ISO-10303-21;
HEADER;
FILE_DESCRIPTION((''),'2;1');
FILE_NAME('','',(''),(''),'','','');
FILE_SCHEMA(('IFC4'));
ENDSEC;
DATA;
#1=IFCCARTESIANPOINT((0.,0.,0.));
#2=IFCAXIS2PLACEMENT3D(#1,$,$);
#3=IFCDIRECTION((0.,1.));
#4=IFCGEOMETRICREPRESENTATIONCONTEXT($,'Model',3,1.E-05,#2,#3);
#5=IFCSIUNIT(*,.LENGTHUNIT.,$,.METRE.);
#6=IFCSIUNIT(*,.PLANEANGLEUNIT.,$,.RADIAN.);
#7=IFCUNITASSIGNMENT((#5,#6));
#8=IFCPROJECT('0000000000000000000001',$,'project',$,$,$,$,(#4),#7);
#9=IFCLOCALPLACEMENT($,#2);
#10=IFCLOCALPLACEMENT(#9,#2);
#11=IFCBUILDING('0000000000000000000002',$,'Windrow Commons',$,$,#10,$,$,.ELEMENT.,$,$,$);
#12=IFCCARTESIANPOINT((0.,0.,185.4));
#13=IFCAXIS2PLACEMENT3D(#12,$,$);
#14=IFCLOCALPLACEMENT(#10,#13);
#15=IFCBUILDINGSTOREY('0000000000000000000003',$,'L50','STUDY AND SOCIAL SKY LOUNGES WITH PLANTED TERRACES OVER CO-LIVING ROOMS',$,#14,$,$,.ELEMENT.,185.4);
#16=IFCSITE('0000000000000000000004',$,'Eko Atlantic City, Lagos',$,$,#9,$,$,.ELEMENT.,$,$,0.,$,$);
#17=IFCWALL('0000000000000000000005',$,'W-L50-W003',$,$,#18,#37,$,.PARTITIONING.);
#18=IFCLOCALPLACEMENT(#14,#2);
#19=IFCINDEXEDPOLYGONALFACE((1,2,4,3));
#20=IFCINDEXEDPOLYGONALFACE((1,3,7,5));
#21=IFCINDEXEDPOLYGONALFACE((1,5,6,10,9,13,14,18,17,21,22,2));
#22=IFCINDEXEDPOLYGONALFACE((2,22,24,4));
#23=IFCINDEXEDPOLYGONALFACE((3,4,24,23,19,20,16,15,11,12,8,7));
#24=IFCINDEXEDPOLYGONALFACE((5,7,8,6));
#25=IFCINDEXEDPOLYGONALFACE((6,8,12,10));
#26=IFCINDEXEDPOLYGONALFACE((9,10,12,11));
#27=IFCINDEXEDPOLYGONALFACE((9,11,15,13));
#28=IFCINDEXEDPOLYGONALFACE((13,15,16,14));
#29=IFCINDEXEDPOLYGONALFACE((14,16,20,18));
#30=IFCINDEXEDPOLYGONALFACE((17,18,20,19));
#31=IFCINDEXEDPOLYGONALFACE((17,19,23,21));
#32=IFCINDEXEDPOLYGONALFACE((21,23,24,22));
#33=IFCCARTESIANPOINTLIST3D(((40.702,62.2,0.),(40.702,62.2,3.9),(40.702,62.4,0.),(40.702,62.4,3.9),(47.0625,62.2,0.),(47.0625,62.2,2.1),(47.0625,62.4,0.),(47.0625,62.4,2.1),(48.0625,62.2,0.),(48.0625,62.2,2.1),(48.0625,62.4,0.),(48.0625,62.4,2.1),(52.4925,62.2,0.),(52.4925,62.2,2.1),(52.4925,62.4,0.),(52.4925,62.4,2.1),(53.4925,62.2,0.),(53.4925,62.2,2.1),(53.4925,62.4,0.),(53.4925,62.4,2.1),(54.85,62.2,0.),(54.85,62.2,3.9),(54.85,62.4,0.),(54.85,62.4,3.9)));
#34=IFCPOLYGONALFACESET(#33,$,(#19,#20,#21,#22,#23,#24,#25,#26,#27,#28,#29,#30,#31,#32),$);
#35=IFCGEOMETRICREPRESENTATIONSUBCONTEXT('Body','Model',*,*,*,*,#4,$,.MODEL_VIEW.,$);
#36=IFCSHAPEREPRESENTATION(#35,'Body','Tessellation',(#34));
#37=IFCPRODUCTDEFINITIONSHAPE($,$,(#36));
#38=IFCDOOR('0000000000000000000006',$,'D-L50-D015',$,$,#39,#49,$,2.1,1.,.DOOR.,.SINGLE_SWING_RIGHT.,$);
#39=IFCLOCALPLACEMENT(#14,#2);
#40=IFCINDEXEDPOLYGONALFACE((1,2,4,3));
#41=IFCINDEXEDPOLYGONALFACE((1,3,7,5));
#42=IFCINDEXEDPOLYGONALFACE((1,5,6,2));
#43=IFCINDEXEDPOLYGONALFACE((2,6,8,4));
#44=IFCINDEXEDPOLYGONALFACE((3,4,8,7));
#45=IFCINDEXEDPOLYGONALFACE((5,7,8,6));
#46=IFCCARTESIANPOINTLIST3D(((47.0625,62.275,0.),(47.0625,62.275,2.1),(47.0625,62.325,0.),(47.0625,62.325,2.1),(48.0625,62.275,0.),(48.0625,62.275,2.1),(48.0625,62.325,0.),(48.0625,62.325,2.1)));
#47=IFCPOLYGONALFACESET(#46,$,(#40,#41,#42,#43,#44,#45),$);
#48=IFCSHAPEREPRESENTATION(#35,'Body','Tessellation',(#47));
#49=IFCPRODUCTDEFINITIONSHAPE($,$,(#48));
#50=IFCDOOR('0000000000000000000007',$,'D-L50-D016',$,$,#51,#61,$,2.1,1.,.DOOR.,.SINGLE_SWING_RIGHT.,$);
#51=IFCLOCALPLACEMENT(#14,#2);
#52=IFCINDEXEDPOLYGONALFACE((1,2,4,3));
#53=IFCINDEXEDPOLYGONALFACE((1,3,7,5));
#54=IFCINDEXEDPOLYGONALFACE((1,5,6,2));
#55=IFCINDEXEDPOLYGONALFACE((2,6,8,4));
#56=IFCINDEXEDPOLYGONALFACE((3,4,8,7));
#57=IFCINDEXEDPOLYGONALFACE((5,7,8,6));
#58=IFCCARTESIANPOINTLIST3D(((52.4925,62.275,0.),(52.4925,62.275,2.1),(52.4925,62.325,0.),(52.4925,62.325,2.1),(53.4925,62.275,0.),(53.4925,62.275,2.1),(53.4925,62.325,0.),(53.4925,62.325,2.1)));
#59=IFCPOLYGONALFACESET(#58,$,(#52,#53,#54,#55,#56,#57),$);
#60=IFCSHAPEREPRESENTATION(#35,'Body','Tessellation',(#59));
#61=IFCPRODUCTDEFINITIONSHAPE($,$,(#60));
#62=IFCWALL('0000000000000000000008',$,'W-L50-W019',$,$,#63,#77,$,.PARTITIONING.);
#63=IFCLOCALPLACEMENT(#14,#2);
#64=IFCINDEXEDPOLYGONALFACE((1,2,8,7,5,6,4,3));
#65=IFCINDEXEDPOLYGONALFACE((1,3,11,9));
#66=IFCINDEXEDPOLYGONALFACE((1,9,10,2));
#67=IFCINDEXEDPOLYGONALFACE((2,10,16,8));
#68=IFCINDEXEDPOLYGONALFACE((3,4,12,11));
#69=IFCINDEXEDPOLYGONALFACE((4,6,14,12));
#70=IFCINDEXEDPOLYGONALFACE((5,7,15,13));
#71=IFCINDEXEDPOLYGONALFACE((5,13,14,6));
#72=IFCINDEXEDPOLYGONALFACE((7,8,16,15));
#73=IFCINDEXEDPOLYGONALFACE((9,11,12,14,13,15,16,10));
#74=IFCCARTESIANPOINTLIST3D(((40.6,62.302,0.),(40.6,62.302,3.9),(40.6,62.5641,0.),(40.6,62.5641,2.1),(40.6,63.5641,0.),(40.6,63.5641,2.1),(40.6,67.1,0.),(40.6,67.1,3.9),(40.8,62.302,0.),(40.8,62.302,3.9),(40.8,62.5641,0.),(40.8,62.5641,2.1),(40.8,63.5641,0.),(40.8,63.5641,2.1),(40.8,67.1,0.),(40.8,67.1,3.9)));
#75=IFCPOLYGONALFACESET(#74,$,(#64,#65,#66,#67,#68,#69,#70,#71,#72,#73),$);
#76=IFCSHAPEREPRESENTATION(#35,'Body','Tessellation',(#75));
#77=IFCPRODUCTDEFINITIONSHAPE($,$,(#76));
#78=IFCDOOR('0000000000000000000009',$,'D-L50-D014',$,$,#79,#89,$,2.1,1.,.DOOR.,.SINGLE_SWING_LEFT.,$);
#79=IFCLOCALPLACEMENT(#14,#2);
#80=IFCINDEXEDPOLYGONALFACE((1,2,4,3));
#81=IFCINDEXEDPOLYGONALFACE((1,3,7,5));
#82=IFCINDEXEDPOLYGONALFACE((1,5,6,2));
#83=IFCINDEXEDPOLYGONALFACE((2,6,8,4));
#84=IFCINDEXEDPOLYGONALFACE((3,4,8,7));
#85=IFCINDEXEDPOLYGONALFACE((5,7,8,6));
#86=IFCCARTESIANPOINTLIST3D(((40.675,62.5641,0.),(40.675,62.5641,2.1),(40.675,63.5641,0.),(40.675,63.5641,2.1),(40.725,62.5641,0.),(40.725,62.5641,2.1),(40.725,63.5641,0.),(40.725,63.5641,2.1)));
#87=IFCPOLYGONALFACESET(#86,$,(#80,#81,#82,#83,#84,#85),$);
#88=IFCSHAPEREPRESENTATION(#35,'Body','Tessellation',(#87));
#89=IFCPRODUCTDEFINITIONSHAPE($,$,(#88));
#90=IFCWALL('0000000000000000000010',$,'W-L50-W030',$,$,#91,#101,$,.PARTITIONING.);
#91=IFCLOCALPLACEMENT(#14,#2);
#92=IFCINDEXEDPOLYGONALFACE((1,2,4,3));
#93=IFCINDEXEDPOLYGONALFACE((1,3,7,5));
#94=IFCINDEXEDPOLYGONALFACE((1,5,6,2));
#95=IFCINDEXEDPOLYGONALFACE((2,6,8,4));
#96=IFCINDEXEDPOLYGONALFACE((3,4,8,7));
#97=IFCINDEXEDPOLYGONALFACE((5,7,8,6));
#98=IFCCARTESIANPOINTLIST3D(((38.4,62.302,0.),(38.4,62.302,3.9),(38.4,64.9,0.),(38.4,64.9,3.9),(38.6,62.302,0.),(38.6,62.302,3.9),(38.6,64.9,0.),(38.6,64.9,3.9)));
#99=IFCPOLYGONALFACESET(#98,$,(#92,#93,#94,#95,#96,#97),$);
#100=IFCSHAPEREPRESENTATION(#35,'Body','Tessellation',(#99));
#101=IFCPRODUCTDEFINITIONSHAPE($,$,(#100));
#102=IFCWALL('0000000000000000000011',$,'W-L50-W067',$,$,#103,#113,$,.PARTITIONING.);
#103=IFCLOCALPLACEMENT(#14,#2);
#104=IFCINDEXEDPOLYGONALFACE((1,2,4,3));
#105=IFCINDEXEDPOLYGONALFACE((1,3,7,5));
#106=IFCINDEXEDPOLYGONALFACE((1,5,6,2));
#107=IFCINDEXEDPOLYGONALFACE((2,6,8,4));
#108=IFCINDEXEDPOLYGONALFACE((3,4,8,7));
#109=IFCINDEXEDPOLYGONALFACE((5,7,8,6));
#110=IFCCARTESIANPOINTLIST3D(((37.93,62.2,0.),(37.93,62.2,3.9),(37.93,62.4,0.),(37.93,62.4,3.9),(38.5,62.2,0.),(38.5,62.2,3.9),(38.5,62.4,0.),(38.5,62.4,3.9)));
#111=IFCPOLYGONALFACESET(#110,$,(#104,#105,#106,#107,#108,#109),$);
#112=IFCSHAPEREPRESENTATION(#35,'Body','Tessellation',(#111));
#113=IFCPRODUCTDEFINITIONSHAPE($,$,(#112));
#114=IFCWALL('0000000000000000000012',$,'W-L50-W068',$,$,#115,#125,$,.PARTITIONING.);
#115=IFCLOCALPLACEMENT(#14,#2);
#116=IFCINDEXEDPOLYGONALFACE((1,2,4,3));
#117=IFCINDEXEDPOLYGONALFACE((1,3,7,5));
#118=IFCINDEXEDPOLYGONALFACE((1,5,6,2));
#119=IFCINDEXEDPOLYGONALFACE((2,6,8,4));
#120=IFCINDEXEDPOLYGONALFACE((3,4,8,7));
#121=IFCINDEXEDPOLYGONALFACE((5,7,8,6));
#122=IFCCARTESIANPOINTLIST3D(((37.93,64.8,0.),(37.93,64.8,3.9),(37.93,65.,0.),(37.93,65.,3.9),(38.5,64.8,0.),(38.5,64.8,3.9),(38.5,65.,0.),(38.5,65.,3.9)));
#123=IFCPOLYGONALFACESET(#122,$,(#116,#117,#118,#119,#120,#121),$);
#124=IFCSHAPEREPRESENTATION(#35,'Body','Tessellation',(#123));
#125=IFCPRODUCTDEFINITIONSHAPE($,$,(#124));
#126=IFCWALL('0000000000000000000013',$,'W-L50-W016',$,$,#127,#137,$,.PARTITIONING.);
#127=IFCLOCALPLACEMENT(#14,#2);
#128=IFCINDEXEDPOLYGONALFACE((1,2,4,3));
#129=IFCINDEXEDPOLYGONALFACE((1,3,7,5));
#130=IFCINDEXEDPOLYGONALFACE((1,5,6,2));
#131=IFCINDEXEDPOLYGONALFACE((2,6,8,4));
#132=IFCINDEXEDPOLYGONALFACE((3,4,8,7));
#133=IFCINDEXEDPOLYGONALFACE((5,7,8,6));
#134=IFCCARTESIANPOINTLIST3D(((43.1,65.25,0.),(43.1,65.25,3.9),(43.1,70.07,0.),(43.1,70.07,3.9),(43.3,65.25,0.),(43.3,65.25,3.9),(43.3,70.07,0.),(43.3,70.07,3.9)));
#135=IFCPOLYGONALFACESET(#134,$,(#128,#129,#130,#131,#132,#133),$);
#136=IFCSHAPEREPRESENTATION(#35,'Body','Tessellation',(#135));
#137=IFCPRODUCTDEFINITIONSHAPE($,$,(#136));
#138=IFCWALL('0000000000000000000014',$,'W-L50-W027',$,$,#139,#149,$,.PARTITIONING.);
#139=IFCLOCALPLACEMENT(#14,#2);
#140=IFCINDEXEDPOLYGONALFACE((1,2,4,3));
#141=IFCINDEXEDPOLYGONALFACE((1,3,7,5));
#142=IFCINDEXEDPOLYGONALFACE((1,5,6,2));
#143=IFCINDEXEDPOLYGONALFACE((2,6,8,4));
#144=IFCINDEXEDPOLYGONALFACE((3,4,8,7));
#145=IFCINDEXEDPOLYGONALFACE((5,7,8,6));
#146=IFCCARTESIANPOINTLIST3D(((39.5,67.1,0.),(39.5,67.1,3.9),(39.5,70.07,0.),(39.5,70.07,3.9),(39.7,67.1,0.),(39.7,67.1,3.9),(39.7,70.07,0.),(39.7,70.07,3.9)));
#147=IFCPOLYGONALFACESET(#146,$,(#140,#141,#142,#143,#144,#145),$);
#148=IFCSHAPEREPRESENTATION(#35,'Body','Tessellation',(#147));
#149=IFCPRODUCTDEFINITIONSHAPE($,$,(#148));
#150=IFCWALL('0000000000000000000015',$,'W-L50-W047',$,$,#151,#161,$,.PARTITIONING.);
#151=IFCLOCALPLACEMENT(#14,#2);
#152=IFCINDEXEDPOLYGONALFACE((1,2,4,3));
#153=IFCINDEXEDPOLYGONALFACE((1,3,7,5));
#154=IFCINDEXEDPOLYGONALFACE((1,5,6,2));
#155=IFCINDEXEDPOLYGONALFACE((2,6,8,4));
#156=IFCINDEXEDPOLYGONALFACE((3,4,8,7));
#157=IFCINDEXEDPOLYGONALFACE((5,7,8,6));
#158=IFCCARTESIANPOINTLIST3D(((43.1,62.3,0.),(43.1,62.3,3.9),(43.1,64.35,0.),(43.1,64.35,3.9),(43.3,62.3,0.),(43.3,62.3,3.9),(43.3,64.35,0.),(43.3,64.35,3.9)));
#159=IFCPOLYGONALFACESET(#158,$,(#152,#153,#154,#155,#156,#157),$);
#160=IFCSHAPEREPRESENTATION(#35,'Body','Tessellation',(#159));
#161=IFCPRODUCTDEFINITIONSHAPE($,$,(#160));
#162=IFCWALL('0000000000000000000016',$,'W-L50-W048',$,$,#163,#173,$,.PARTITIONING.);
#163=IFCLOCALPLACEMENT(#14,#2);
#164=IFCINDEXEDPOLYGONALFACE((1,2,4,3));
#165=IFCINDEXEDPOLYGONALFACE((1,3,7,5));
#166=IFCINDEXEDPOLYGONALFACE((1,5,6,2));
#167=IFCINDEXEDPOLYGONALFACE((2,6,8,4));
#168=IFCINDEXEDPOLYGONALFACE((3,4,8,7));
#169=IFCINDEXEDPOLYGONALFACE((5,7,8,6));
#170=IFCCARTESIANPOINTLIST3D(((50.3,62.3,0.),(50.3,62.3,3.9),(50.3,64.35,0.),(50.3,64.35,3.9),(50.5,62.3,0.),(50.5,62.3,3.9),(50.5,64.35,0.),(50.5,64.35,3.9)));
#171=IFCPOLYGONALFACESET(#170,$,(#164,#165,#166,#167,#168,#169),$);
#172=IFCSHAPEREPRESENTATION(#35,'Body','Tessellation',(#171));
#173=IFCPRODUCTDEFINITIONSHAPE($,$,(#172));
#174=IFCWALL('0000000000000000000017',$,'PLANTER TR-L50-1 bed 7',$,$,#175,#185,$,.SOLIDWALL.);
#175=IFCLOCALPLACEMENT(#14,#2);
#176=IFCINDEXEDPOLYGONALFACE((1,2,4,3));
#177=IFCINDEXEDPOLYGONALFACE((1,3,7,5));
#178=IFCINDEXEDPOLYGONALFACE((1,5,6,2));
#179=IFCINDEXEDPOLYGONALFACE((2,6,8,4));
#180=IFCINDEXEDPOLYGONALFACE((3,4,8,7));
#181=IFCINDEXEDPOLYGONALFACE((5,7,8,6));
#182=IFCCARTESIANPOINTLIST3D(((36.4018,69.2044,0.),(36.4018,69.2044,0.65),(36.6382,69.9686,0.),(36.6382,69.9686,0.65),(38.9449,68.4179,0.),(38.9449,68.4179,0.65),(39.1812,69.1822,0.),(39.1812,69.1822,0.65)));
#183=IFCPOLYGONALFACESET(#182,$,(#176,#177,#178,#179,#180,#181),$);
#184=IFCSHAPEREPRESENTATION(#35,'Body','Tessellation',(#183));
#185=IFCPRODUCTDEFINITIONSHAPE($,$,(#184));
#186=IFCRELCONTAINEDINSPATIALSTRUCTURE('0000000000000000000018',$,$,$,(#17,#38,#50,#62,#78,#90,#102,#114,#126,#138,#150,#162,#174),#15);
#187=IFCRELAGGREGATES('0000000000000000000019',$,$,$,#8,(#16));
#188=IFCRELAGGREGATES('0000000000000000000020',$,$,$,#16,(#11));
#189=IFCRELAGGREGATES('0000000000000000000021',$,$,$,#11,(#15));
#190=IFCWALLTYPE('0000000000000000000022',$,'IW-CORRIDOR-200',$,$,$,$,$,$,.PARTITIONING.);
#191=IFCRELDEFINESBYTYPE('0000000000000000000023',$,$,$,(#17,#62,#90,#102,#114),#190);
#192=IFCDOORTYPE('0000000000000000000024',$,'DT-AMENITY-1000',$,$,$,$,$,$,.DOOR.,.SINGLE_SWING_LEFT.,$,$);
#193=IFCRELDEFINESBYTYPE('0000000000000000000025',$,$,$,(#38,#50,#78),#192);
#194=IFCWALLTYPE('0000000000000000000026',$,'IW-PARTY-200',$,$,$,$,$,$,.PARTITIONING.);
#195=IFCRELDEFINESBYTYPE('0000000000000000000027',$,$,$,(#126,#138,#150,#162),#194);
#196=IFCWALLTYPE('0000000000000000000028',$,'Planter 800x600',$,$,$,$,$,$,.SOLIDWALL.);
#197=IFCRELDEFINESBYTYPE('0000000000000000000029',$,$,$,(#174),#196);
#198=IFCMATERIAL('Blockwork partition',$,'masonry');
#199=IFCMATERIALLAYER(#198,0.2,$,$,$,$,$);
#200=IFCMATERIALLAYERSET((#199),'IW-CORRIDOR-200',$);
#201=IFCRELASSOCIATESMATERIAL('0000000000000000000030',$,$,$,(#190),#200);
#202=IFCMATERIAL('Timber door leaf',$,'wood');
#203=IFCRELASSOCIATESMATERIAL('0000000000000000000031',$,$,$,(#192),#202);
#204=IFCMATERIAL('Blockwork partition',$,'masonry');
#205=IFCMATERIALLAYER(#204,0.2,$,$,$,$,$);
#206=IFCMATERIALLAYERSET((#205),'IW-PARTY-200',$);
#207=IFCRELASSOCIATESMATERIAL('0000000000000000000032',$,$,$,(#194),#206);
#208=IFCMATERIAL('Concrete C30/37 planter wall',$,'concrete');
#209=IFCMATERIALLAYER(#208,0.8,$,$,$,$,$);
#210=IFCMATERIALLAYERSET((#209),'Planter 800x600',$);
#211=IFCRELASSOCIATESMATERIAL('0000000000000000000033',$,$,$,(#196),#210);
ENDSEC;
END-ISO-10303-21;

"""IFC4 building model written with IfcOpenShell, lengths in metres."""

from ifc_helpers import new_model, si_unit, direction, frame, frame_2d, origin, place, context, subcontext, project, spatial, rectangle, extrude, material, layer, layer_set, type_object, element, fill, save


model = new_model("IFC4")

# Units and contexts
model_context = context("Model", 3, precision=1e-05, world=origin(), true_north=direction((0.0, 1.0)))
body_context = subcontext(model_context, "Body", "Model", "MODEL_VIEW")
ifc_project = project(units=[si_unit("LENGTHUNIT", "METRE"), si_unit("PLANEANGLEUNIT", "RADIAN")], contexts=[model_context])

# Site, building, storey
site_placement = place(None, origin())
site = spatial("IfcSite", under=ifc_project, at=site_placement, Name="Eko Atlantic City, Lagos", CompositionType="ELEMENT", RefElevation=0.0)
building_placement = place(site_placement, origin())
building = spatial("IfcBuilding", under=site, at=building_placement, Name="Windrow Commons", CompositionType="ELEMENT")
storey_placement = place(building_placement, frame((0.0, 0.0, 185.4)))
storey = spatial("IfcBuildingStorey", under=building, at=storey_placement, Name="L50", Description="STUDY AND SOCIAL SKY LOUNGES WITH PLANTED TERRACES OVER CO-LIVING ROOMS", CompositionType="ELEMENT", Elevation=185.4)

# Wall, openings, doors
ifc_material_1 = material(Name="Blockwork partition", Category="masonry")
ifc_layer_1 = layer(ifc_material_1, 0.2)
ifc_layer_set_1 = layer_set([ifc_layer_1], Name="IW-CORRIDOR-200")
wall_type_1 = type_object("IfcWallType", Name="IW-CORRIDOR-200", PredefinedType="PARTITIONING", material=ifc_layer_set_1)
wall_1_placement = place(storey_placement, frame((40.702, 62.3, 0.0), z_axis=(0.0, 0.0, 1.0), x_axis=(1.0, 0.0, 0.0)))
wall_1 = element("IfcWall", 1, at=wall_1_placement, inside=storey, type_object=wall_type_1, Name="W-L50-W003", PredefinedType="PARTITIONING", context=body_context, shape_type="SweptSolid", body=[
    extrude(rectangle(XDim=14.148, YDim=0.2, at=frame_2d((7.074, 0.0))), origin(), (0.0, 0.0, 1.0), 3.9),
])
opening_1_placement = place(wall_1_placement, frame((6.3605, 0.0, 0.0)))
opening_1 = element("IfcOpeningElement", 2, at=opening_1_placement, cuts=wall_1, PredefinedType="OPENING", context=body_context, shape_type="SweptSolid", body=[
    extrude(rectangle(XDim=1.0, YDim=2.1, at=frame_2d((0.5, 1.05))), frame((0.0, 0.11, 0.0), z_axis=(0.0, -1.0, 0.0), x_axis=(1.0, 0.0, 0.0)), (0.0, 0.0, 1.0), 0.22),
])
opening_2_placement = place(wall_1_placement, frame((11.7905, 0.0, 0.0)))
opening_2 = element("IfcOpeningElement", 3, at=opening_2_placement, cuts=wall_1, PredefinedType="OPENING", context=body_context, shape_type="SweptSolid", body=[
    extrude(rectangle(XDim=1.0, YDim=2.1, at=frame_2d((0.5, 1.05))), frame((0.0, 0.11, 0.0), z_axis=(0.0, -1.0, 0.0), x_axis=(1.0, 0.0, 0.0)), (0.0, 0.0, 1.0), 0.22),
])
ifc_material_2 = material(Name="Timber door leaf", Category="wood")
door_type = type_object("IfcDoorType", Name="DT-AMENITY-1000", OperationType="SINGLE_SWING_LEFT", PredefinedType="DOOR", material=ifc_material_2)
door_1_placement = place(opening_1_placement, origin())
door_1 = element("IfcDoor", 4, at=door_1_placement, inside=storey, type_object=door_type, Name="D-L50-D015", OperationType="SINGLE_SWING_RIGHT", OverallHeight=2.1, OverallWidth=1.0, PredefinedType="DOOR", context=body_context, shape_type="SweptSolid", body=[
    extrude(rectangle(XDim=1.0, YDim=2.1, at=frame_2d((0.5, 1.05))), frame((0.0, 0.025, 0.0), z_axis=(0.0, -1.0, 0.0), x_axis=(1.0, 0.0, 0.0)), (0.0, 0.0, 1.0), 0.05),
])
fill(opening_1, door_1)
door_2_placement = place(opening_2_placement, origin())
door_2 = element("IfcDoor", 5, at=door_2_placement, inside=storey, type_object=door_type, Name="D-L50-D016", OperationType="SINGLE_SWING_RIGHT", OverallHeight=2.1, OverallWidth=1.0, PredefinedType="DOOR", context=body_context, shape_type="SweptSolid", body=[
    extrude(rectangle(XDim=1.0, YDim=2.1, at=frame_2d((0.5, 1.05))), frame((0.0, 0.025, 0.0), z_axis=(0.0, -1.0, 0.0), x_axis=(1.0, 0.0, 0.0)), (0.0, 0.0, 1.0), 0.05),
])
fill(opening_2, door_2)

# Wall, opening, door
wall_2_placement = place(storey_placement, frame((40.7, 62.302, 0.0), z_axis=(0.0, 0.0, 1.0), x_axis=(0.0, 1.0, 0.0)))
wall_2 = element("IfcWall", 6, at=wall_2_placement, inside=storey, type_object=wall_type_1, Name="W-L50-W019", PredefinedType="PARTITIONING", context=body_context, shape_type="SweptSolid", body=[
    extrude(rectangle(XDim=4.798, YDim=0.2, at=frame_2d((2.399, 0.0))), origin(), (0.0, 0.0, 1.0), 3.9),
])
opening_3_placement = place(wall_2_placement, frame((0.2621, 0.0, 0.0)))
opening_3 = element("IfcOpeningElement", 7, at=opening_3_placement, cuts=wall_2, PredefinedType="OPENING", context=body_context, shape_type="SweptSolid", body=[
    extrude(rectangle(XDim=1.0, YDim=2.1, at=frame_2d((0.5, 1.05))), frame((0.0, 0.11, 0.0), z_axis=(0.0, -1.0, 0.0), x_axis=(1.0, 0.0, 0.0)), (0.0, 0.0, 1.0), 0.22),
])
door_3_placement = place(opening_3_placement, origin())
door_3 = element("IfcDoor", 8, at=door_3_placement, inside=storey, type_object=door_type, Name="D-L50-D014", OperationType="SINGLE_SWING_LEFT", OverallHeight=2.1, OverallWidth=1.0, PredefinedType="DOOR", context=body_context, shape_type="SweptSolid", body=[
    extrude(rectangle(XDim=1.0, YDim=2.1, at=frame_2d((0.5, 1.05))), frame((0.0, 0.025, 0.0), z_axis=(0.0, -1.0, 0.0), x_axis=(1.0, 0.0, 0.0)), (0.0, 0.0, 1.0), 0.05),
])
fill(opening_3, door_3)

# Walls
wall_3_placement = place(storey_placement, frame((38.5, 62.302, 0.0), z_axis=(0.0, 0.0, 1.0), x_axis=(0.0, 1.0, 0.0)))
element("IfcWall", 9, at=wall_3_placement, inside=storey, type_object=wall_type_1, Name="W-L50-W030", PredefinedType="PARTITIONING", context=body_context, shape_type="SweptSolid", body=[
    extrude(rectangle(XDim=2.598, YDim=0.2, at=frame_2d((1.299, 0.0))), origin(), (0.0, 0.0, 1.0), 3.9),
])
for number, where, z_axis, x_axis, name in (
    (10, (37.93, 62.3, 0.0), (0.0, 0.0, 1.0), (1.0, 0.0, 0.0), "W-L50-W067"),
    (11, (37.93, 64.9, 0.0), (0.0, 0.0, 1.0), (1.0, 0.0, 0.0), "W-L50-W068"),
):
    element("IfcWall", number, at=place(storey_placement, frame(where, z_axis=z_axis, x_axis=x_axis)), inside=storey, type_object=wall_type_1, Name=name, PredefinedType="PARTITIONING", context=body_context, shape_type="SweptSolid", body=[
        extrude(rectangle(XDim=0.57, YDim=0.2, at=frame_2d((0.285, 0.0))), origin(), (0.0, 0.0, 1.0), 3.9),
    ])
ifc_material_3 = material(Name="Blockwork partition", Category="masonry")
ifc_layer_2 = layer(ifc_material_3, 0.2)
ifc_layer_set_2 = layer_set([ifc_layer_2], Name="IW-PARTY-200")
wall_type_2 = type_object("IfcWallType", Name="IW-PARTY-200", PredefinedType="PARTITIONING", material=ifc_layer_set_2)
wall_4_placement = place(storey_placement, frame((43.2, 65.25, 0.0), z_axis=(0.0, 0.0, 1.0), x_axis=(0.0, 1.0, 0.0)))
element("IfcWall", 12, at=wall_4_placement, inside=storey, type_object=wall_type_2, Name="W-L50-W016", PredefinedType="PARTITIONING", context=body_context, shape_type="SweptSolid", body=[
    extrude(rectangle(XDim=4.82, YDim=0.2, at=frame_2d((2.41, 0.0))), origin(), (0.0, 0.0, 1.0), 3.9),
])
wall_5_placement = place(storey_placement, frame((39.6, 67.1, 0.0), z_axis=(0.0, 0.0, 1.0), x_axis=(0.0, 1.0, 0.0)))
element("IfcWall", 13, at=wall_5_placement, inside=storey, type_object=wall_type_2, Name="W-L50-W027", PredefinedType="PARTITIONING", context=body_context, shape_type="SweptSolid", body=[
    extrude(rectangle(XDim=2.97, YDim=0.2, at=frame_2d((1.485, 0.0))), origin(), (0.0, 0.0, 1.0), 3.9),
])
for number, where, z_axis, x_axis, name in (
    (14, (43.2, 62.3, 0.0), (0.0, 0.0, 1.0), (0.0, 1.0, 0.0), "W-L50-W047"),
    (15, (50.4, 62.3, 0.0), (0.0, 0.0, 1.0), (0.0, 1.0, 0.0), "W-L50-W048"),
):
    element("IfcWall", number, at=place(storey_placement, frame(where, z_axis=z_axis, x_axis=x_axis)), inside=storey, type_object=wall_type_2, Name=name, PredefinedType="PARTITIONING", context=body_context, shape_type="SweptSolid", body=[
        extrude(rectangle(XDim=2.05, YDim=0.2, at=frame_2d((1.025, 0.0))), origin(), (0.0, 0.0, 1.0), 3.9),
    ])
ifc_material_4 = material(Name="Concrete C30/37 planter wall", Category="concrete")
ifc_layer_3 = layer(ifc_material_4, 0.8)
ifc_layer_set_3 = layer_set([ifc_layer_3], Name="Planter 800x600")
wall_type_3 = type_object("IfcWallType", Name="Planter 800x600", PredefinedType="SOLIDWALL", material=ifc_layer_set_3)
wall_6_placement = place(storey_placement, frame((39.0631, 68.8, 0.0), z_axis=(0.0, 0.0, 1.0), x_axis=(-0.955355, 0.295461, 0.0)))
element("IfcWall", 16, at=wall_6_placement, inside=storey, type_object=wall_type_3, Name="PLANTER TR-L50-1 bed 7", PredefinedType="SOLIDWALL", context=body_context, shape_type="SweptSolid", body=[
    extrude(rectangle(XDim=2.6619, YDim=0.8, at=frame_2d((1.331, 0.0))), origin(), (0.0, 0.0, 1.0), 0.65),
])

save(model, "model.ifc")
